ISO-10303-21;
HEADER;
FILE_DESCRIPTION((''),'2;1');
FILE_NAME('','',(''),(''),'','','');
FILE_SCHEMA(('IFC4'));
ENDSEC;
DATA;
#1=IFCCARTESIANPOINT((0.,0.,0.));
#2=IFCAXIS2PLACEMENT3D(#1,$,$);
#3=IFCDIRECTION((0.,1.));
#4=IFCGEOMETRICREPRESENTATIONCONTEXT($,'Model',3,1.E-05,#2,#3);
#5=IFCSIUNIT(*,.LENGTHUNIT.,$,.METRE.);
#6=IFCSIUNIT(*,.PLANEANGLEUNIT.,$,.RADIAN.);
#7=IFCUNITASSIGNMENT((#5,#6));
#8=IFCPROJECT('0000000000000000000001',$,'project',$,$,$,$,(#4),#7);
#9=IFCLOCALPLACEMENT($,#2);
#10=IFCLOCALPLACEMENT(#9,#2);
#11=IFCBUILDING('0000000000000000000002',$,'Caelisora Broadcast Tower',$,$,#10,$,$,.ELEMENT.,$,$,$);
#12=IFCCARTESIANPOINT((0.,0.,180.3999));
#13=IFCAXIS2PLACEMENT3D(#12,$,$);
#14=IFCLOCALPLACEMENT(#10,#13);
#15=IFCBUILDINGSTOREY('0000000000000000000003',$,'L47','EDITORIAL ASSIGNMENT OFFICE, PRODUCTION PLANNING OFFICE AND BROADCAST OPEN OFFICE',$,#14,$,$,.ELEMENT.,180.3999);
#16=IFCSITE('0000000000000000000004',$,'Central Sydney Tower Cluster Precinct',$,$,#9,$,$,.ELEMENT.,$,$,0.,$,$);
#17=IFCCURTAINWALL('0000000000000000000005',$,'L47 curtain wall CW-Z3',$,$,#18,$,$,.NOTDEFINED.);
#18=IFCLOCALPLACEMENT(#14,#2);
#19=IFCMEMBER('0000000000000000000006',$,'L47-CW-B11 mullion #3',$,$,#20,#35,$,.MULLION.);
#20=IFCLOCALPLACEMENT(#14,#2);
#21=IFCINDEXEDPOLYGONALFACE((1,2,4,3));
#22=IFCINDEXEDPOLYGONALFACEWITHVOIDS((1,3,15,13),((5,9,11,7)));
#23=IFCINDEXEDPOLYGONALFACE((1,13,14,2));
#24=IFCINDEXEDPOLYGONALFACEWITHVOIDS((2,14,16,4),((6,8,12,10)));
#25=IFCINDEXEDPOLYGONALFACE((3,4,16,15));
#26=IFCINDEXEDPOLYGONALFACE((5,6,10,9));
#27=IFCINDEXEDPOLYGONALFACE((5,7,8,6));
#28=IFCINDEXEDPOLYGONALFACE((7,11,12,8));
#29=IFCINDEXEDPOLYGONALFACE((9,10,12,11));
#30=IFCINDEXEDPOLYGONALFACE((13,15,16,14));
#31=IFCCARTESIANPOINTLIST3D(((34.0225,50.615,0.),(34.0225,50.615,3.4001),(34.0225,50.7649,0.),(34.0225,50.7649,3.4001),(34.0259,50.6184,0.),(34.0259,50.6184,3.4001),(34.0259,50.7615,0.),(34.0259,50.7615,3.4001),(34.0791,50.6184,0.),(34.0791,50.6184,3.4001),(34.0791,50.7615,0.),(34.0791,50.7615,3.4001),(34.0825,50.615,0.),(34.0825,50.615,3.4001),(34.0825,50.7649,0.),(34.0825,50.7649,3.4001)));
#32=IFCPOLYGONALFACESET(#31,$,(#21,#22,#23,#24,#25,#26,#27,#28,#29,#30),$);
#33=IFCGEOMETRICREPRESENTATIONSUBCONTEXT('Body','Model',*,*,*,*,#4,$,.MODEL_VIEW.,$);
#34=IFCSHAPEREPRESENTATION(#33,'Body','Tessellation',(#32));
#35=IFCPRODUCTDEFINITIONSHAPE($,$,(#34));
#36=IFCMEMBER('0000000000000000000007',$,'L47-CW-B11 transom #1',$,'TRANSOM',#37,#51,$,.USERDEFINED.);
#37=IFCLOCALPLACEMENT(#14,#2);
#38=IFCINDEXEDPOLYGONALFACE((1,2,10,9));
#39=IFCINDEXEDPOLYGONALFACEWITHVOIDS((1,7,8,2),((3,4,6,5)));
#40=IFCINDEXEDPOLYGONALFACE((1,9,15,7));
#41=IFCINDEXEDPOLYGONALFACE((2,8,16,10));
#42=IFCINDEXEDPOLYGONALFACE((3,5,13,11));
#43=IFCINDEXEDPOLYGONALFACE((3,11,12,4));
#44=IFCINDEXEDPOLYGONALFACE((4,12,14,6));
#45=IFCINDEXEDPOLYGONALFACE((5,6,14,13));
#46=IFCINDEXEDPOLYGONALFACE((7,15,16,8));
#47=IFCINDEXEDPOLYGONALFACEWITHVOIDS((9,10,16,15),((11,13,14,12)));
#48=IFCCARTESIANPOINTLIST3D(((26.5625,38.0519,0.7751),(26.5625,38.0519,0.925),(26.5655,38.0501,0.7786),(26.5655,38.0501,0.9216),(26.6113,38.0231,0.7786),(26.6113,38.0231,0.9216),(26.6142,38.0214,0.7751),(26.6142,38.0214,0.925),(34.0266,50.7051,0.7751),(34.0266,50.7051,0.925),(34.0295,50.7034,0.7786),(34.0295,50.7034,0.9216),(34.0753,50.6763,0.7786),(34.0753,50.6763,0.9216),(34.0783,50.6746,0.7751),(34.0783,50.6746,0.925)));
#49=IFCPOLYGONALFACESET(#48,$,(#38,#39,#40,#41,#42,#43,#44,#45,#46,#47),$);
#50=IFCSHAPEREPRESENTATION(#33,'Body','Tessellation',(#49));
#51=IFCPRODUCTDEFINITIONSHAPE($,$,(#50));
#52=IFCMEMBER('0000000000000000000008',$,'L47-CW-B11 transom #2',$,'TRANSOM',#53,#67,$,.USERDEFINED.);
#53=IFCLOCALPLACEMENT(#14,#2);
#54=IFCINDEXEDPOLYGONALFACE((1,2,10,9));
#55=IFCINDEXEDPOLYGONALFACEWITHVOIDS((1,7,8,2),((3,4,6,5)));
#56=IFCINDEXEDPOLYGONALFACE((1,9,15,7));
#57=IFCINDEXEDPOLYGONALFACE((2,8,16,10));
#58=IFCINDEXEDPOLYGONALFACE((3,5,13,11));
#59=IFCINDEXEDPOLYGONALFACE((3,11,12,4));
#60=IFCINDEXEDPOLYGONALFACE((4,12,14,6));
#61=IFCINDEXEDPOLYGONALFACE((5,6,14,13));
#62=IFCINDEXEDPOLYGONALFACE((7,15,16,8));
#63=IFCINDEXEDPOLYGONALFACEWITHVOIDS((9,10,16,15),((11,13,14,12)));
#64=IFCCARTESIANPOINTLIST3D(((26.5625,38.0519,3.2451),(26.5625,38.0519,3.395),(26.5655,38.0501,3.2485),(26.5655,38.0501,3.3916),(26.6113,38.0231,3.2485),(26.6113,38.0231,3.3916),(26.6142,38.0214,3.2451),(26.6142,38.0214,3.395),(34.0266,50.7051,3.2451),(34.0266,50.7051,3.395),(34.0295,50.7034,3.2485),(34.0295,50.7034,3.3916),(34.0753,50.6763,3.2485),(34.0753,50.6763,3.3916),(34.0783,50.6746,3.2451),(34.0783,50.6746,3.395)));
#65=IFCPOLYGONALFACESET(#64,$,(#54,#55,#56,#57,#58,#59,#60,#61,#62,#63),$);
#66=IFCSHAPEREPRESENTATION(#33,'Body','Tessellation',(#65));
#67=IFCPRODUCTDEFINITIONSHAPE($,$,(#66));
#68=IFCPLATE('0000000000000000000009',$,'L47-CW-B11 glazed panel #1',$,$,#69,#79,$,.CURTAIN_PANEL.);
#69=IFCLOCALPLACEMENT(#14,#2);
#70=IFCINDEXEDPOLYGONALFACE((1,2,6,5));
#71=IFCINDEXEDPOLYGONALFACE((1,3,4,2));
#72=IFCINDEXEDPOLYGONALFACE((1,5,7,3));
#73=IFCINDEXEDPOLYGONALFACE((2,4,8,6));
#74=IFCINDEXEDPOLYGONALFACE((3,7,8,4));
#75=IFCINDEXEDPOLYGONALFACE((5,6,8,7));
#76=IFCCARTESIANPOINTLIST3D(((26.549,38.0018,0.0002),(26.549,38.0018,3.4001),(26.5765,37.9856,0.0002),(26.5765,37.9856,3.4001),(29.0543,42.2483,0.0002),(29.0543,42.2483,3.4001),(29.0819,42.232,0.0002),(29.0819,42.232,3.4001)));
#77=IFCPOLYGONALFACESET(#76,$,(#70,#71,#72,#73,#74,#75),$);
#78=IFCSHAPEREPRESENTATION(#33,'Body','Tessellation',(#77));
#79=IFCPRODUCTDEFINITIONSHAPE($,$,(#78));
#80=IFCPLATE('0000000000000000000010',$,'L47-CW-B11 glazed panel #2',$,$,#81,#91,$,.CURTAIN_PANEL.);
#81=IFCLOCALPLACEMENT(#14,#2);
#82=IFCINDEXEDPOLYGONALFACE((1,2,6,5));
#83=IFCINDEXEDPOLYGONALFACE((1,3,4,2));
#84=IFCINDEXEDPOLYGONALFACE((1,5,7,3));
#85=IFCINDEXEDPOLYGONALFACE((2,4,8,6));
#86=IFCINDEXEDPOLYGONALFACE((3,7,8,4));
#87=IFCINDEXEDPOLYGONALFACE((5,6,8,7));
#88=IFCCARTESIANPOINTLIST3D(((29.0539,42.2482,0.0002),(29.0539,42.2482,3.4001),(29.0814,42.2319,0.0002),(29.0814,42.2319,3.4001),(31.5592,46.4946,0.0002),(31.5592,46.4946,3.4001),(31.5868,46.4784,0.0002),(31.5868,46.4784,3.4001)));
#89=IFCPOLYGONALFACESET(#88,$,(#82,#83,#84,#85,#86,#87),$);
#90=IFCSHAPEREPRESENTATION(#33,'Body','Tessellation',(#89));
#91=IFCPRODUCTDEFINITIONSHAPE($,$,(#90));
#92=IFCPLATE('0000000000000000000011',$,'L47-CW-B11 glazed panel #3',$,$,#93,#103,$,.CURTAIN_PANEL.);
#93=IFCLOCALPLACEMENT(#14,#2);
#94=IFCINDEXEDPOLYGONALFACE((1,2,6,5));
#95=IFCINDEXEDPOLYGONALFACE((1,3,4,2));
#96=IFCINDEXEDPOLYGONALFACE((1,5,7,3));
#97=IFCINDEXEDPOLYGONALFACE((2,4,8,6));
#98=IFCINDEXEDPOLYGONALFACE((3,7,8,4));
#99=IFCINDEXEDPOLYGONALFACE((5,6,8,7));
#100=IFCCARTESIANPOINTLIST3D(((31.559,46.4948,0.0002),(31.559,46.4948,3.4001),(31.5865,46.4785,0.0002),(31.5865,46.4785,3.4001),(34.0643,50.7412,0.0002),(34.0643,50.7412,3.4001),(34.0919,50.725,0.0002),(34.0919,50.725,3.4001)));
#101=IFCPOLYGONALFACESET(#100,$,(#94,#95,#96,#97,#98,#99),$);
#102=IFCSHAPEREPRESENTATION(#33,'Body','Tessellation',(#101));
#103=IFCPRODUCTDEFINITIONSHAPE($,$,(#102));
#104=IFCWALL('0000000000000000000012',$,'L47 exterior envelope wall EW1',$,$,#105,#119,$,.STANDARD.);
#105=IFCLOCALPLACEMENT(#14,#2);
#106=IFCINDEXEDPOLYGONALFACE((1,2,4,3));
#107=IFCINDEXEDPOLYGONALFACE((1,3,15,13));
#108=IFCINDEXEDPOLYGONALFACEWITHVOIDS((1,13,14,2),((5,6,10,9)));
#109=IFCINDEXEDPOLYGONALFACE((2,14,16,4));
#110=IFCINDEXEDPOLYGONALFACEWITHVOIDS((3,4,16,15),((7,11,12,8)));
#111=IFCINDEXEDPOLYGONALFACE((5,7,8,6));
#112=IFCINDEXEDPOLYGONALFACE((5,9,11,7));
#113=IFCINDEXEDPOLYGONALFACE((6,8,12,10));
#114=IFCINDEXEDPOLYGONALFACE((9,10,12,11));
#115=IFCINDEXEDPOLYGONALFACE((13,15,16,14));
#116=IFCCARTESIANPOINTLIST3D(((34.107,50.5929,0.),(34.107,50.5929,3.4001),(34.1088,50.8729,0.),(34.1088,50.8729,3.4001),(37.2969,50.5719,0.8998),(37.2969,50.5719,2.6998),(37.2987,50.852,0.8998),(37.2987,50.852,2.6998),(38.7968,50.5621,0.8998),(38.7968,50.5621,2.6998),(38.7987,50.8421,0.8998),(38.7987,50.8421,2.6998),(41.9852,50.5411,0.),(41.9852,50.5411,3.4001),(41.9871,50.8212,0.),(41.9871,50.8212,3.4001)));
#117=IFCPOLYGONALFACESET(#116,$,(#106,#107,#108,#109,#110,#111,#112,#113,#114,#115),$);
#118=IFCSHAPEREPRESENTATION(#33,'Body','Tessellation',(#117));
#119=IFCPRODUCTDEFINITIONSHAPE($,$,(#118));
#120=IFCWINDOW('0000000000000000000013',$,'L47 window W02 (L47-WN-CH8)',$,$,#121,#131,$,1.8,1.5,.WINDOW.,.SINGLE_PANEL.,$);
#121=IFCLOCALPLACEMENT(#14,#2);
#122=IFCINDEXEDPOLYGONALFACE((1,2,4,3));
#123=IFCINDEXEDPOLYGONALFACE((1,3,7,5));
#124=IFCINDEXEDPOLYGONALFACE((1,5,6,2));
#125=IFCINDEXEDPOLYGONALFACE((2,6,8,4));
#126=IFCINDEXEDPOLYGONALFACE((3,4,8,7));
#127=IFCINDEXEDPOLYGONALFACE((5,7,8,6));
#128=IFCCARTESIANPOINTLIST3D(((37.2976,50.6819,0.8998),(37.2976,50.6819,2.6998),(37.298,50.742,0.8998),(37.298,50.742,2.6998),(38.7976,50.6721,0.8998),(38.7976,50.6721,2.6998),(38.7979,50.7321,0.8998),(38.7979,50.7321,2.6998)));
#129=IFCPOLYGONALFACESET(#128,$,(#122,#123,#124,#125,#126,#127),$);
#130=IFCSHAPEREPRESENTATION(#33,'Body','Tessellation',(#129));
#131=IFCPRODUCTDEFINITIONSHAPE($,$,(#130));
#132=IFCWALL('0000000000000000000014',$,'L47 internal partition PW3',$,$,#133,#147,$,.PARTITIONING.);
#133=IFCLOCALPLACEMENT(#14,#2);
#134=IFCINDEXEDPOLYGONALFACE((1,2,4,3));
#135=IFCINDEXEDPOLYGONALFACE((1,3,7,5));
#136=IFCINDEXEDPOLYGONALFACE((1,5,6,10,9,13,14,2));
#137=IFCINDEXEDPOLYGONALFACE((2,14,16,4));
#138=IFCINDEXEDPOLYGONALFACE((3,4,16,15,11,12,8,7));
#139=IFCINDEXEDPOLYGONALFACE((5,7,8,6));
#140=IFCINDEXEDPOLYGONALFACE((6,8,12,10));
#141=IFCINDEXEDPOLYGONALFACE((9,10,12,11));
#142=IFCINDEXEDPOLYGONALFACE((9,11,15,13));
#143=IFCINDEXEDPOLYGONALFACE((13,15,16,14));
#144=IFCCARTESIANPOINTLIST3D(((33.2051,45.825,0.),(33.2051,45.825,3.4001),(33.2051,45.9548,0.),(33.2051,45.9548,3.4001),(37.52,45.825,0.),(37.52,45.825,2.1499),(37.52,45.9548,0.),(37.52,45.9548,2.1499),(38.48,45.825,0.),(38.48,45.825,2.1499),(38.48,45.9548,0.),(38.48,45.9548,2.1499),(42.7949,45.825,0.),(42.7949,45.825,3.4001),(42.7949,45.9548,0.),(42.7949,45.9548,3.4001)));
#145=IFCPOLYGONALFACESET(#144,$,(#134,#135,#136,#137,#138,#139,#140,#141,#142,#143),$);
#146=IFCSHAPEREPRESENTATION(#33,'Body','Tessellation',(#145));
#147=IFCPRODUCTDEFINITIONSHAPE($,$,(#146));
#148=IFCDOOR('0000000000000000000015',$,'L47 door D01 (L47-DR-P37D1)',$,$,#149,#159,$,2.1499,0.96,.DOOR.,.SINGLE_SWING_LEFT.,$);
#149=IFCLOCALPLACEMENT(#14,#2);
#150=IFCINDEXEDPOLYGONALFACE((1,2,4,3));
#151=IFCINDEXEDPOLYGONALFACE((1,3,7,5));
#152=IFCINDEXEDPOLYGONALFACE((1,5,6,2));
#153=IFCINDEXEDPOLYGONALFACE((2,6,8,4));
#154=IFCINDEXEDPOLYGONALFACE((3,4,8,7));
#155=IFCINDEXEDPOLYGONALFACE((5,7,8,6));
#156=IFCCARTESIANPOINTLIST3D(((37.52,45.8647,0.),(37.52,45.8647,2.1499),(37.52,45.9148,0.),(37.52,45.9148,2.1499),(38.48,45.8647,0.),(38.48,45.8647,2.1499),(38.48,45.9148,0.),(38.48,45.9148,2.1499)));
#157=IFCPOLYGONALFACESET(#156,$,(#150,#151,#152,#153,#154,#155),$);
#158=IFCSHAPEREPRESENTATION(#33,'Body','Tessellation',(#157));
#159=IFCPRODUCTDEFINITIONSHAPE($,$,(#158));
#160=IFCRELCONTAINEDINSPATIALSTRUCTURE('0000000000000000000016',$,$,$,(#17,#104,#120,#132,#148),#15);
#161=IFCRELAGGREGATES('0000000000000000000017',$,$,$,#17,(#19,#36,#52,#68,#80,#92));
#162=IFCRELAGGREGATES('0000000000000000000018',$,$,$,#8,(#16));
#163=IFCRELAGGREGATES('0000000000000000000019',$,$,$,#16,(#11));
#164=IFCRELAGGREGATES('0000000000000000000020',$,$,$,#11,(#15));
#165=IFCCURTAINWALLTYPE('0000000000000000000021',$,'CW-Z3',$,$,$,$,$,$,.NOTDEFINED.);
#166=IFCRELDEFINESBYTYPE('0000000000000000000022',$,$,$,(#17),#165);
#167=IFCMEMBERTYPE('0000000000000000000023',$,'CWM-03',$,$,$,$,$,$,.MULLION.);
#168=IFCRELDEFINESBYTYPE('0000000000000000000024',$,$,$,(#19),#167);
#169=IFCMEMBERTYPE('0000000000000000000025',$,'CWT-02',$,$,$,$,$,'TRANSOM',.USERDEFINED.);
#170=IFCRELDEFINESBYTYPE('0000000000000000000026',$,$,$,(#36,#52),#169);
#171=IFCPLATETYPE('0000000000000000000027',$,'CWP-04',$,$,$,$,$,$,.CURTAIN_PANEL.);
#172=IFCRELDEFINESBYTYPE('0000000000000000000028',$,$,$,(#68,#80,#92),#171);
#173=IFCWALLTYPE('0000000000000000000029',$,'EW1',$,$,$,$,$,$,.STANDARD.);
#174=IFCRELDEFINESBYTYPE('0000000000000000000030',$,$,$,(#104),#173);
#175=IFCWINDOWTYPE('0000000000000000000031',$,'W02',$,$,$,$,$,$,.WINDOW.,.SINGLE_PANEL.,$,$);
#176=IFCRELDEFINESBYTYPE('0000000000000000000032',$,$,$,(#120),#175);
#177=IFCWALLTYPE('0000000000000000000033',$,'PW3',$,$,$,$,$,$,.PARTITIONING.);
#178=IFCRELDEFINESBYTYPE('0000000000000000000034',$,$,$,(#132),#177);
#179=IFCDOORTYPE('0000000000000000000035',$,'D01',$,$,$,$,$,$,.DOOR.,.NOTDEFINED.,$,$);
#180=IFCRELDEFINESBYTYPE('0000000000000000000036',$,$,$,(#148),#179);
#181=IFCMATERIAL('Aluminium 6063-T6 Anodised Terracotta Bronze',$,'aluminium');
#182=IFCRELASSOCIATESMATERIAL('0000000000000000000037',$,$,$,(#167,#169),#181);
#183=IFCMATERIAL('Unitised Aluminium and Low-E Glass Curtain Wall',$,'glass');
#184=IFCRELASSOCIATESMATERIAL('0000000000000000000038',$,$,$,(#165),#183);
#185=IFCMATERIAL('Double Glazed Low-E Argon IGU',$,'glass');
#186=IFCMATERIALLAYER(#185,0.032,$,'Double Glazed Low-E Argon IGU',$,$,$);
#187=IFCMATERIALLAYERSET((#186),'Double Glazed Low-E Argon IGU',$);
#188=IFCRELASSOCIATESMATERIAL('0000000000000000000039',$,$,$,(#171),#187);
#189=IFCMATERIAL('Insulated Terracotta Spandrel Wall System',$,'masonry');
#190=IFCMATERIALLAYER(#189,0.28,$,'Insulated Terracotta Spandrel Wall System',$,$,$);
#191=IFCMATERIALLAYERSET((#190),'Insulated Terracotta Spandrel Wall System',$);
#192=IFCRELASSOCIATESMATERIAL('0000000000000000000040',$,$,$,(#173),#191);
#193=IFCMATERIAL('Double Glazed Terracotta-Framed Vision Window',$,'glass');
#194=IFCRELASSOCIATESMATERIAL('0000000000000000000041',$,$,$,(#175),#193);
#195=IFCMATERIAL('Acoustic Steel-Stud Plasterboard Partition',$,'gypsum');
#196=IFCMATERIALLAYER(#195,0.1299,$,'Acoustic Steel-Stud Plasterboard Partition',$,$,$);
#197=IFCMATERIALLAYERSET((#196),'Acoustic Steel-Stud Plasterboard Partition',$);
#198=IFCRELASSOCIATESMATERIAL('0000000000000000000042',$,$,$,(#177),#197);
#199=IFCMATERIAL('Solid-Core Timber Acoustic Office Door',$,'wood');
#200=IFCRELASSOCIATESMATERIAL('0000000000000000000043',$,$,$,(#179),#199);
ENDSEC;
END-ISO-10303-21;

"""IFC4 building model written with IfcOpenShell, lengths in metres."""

from ifc_helpers import new_model, si_unit, direction, frame, frame_2d, origin, origin_2d, place, context, subcontext, project, spatial, rectangle, hollow_rectangle, extrude, source, transform, mapped, material, layer, layer_set, material_profile, profile_set, type_object, type_shapes, element, fill, aggregate, save


model = new_model("IFC4")

# Units and contexts
model_context = context("Model", 3, precision=1e-05, world=origin(), true_north=direction((0.0, 1.0)))
body_context = subcontext(model_context, "Body", "Model", "MODEL_VIEW")
ifc_project = project(units=[si_unit("LENGTHUNIT", "METRE"), si_unit("PLANEANGLEUNIT", "RADIAN")], contexts=[model_context])

# Site, building, storey
site_placement = place(None, origin())
site = spatial("IfcSite", under=ifc_project, at=site_placement, Name="Central Sydney Tower Cluster Precinct", CompositionType="ELEMENT", RefElevation=0.0)
building_placement = place(site_placement, origin())
building = spatial("IfcBuilding", under=site, at=building_placement, Name="Caelisora Broadcast Tower", CompositionType="ELEMENT")
storey_placement = place(building_placement, frame((0.0, 0.0, 180.3999)))
storey = spatial("IfcBuildingStorey", under=building, at=storey_placement, Name="L47", Description="EDITORIAL ASSIGNMENT OFFICE, PRODUCTION PLANNING OFFICE AND BROADCAST OPEN OFFICE", CompositionType="ELEMENT", Elevation=180.3999)

# Shared definitions
ifc_material_1 = material(Name="Aluminium 6063-T6 Anodised Terracotta Bronze", Category="aluminium")
ifc_material_profile_1 = material_profile(ifc_material_1, hollow_rectangle(XDim=0.0601, YDim=0.1499, WallThickness=0.0034, at=origin_2d()), Name="Aluminium 6063-T6 Anodised Terracotta Bronze")
ifc_profile_set_1 = profile_set([ifc_material_profile_1], Name="Aluminium 6063-T6 Anodised Terracotta Bronze")
member_type_1 = type_object("IfcMemberType", Name="CWM-03", PredefinedType="MULLION", material=ifc_profile_set_1)
shared_shape_1 = source(origin(), body_context, "Body", "SweptSolid", [
    extrude(hollow_rectangle(XDim=0.0601, YDim=0.1499, WallThickness=0.0034, at=origin_2d()), origin(), (0.0, 0.0, 1.0), 3.4001),
])
type_shapes(member_type_1, [shared_shape_1])

# Curtain wall, members, plates
ifc_material_2 = material(Name="Unitised Aluminium and Low-E Glass Curtain Wall", Category="glass")
curtain_wall_type_1 = type_object("IfcCurtainWallType", Name="CW-Z3", PredefinedType="NOTDEFINED", material=ifc_material_2)
curtain_wall_1_placement = place(storey_placement, origin())
curtain_wall_1 = element("IfcCurtainWall", 1, at=curtain_wall_1_placement, inside=storey, type_object=curtain_wall_type_1, Name="L47 curtain wall CW-Z3", PredefinedType="NOTDEFINED")
member_1_placement = place(storey_placement, frame((34.0525, 50.6899, 0.0), z_axis=(0.0, 0.0, 1.0), x_axis=(1.0, 0.0, 0.0)))
member_1 = element("IfcMember", 2, at=member_1_placement, type_object=member_type_1, Name="L47-CW-B11 mullion #3", PredefinedType="MULLION", context=body_context, shape_type="MappedRepresentation", body=[
    mapped(shared_shape_1, transform((0.0, 0.0, 0.0), scale=1.0)),
])
ifc_material_profile_2 = material_profile(ifc_material_1, hollow_rectangle(XDim=0.0601, YDim=0.1499, WallThickness=0.0034, at=origin_2d()), Name="Aluminium 6063-T6 Anodised Terracotta Bronze")
ifc_profile_set_2 = profile_set([ifc_material_profile_2], Name="Aluminium 6063-T6 Anodised Terracotta Bronze")
member_type_2 = type_object("IfcMemberType", Name="CWT-02", ElementType="TRANSOM", PredefinedType="USERDEFINED", material=ifc_profile_set_2)
shared_shape_2 = source(origin(), body_context, "Body", "SweptSolid", [
    extrude(hollow_rectangle(XDim=0.0601, YDim=0.1499, WallThickness=0.0034, at=origin_2d()), origin(), (0.0, 0.0, 1.0), 14.6907),
])
type_shapes(member_type_2, [shared_shape_2])
member_2_placement = place(storey_placement, frame((26.5884, 38.0366, 0.8501), z_axis=(0.508081, 0.861309, 0.0), x_axis=(-0.861309, 0.508081, 0.0)))
member_2 = element("IfcMember", 3, at=member_2_placement, type_object=member_type_2, Name="L47-CW-B11 transom #1", ObjectType="TRANSOM", PredefinedType="USERDEFINED", context=body_context, shape_type="MappedRepresentation", body=[
    mapped(shared_shape_2, transform((0.0, 0.0, 0.0), scale=1.0)),
])
member_3_placement = place(storey_placement, frame((26.5884, 38.0366, 3.3201), z_axis=(0.508081, 0.861309, 0.0), x_axis=(-0.861309, 0.508081, 0.0)))
member_3 = element("IfcMember", 4, at=member_3_placement, type_object=member_type_2, Name="L47-CW-B11 transom #2", ObjectType="TRANSOM", PredefinedType="USERDEFINED", context=body_context, shape_type="MappedRepresentation", body=[
    mapped(shared_shape_2, transform((0.0, 0.0, 0.0), scale=1.0)),
])
ifc_material_3 = material(Name="Double Glazed Low-E Argon IGU", Category="glass")
ifc_layer_1 = layer(ifc_material_3, 0.032, Name="Double Glazed Low-E Argon IGU")
ifc_layer_set_1 = layer_set([ifc_layer_1], Name="Double Glazed Low-E Argon IGU")
plate_type = type_object("IfcPlateType", Name="CWP-04", PredefinedType="CURTAIN_PANEL", material=ifc_layer_set_1)
shared_shape_3 = source(origin(), body_context, "Body", "SweptSolid", [
    extrude(rectangle(XDim=4.9304, YDim=0.032, at=origin_2d()), origin(), (0.0, 0.0, 1.0), 3.3999),
])
type_shapes(plate_type, [shared_shape_3])
plate_1_placement = place(storey_placement, frame((27.8154, 40.1169, 0.0002), z_axis=(0.0, 0.0, 1.0), x_axis=(0.50814, 0.861275, 0.0)))
plate_1 = element("IfcPlate", 5, at=plate_1_placement, type_object=plate_type, Name="L47-CW-B11 glazed panel #1", PredefinedType="CURTAIN_PANEL", context=body_context, shape_type="MappedRepresentation", body=[
    mapped(shared_shape_3, transform((0.0, 0.0, 0.0), scale=1.0)),
])
plate_2_placement = place(storey_placement, frame((30.3203, 44.3633, 0.0002), z_axis=(0.0, 0.0, 1.0), x_axis=(0.50814, 0.861275, 0.0)))
plate_2 = element("IfcPlate", 6, at=plate_2_placement, type_object=plate_type, Name="L47-CW-B11 glazed panel #2", PredefinedType="CURTAIN_PANEL", context=body_context, shape_type="MappedRepresentation", body=[
    mapped(shared_shape_3, transform((0.0, 0.0, 0.0), scale=1.0)),
])
plate_3_placement = place(storey_placement, frame((32.8254, 48.6099, 0.0002), z_axis=(0.0, 0.0, 1.0), x_axis=(0.50814, 0.861275, 0.0)))
plate_3 = element("IfcPlate", 7, at=plate_3_placement, type_object=plate_type, Name="L47-CW-B11 glazed panel #3", PredefinedType="CURTAIN_PANEL", context=body_context, shape_type="MappedRepresentation", body=[
    mapped(shared_shape_3, transform((0.0, 0.0, 0.0), scale=1.0)),
])
aggregate(curtain_wall_1, [member_1, member_2, member_3, plate_1, plate_2, plate_3])

# Wall, opening, window
ifc_material_4 = material(Name="Insulated Terracotta Spandrel Wall System", Category="masonry")
ifc_layer_2 = layer(ifc_material_4, 0.28, Name="Insulated Terracotta Spandrel Wall System")
ifc_layer_set_2 = layer_set([ifc_layer_2], Name="Insulated Terracotta Spandrel Wall System")
wall_type_1 = type_object("IfcWallType", Name="EW1", PredefinedType="STANDARD", material=ifc_layer_set_2)
wall_1_placement = place(storey_placement, frame((34.1079, 50.7329, 0.0), z_axis=(0.0, 0.0, 1.0), x_axis=(0.999978, -0.00657, 0.0)))
wall_1 = element("IfcWall", 8, at=wall_1_placement, inside=storey, type_object=wall_type_1, Name="L47 exterior envelope wall EW1", PredefinedType="STANDARD", context=body_context, shape_type="SweptSolid", body=[
    extrude(rectangle(XDim=7.8784, YDim=0.28, at=frame_2d((3.9392, 0.0))), origin(), (0.0, 0.0, 1.0), 3.4001),
])
opening_1_placement = place(wall_1_placement, frame((3.1899, 0.0, 0.8999)))
opening_1 = element("IfcOpeningElement", 9, at=opening_1_placement, cuts=wall_1, PredefinedType="OPENING", context=body_context, shape_type="SweptSolid", body=[
    extrude(rectangle(XDim=1.5, YDim=1.8, at=frame_2d((0.75, 0.8999))), frame((0.0, 0.1521, 0.0), z_axis=(0.0, -1.0, 0.0), x_axis=(1.0, 0.0, 0.0)), (0.0, 0.0, 1.0), 0.304),
])
ifc_material_5 = material(Name="Double Glazed Terracotta-Framed Vision Window", Category="glass")
window_type = type_object("IfcWindowType", Name="W02", PartitioningType="SINGLE_PANEL", PredefinedType="WINDOW", material=ifc_material_5)
window_placement = place(opening_1_placement, origin())
window = element("IfcWindow", 10, at=window_placement, inside=storey, type_object=window_type, Name="L47 window W02 (L47-WN-CH8)", OverallHeight=1.8, OverallWidth=1.5, PartitioningType="SINGLE_PANEL", PredefinedType="WINDOW", context=body_context, shape_type="SweptSolid", body=[
    extrude(rectangle(XDim=1.5, YDim=1.8, at=frame_2d((0.75, 0.8999))), frame((0.0, 0.03, 0.0), z_axis=(0.0, -1.0, 0.0), x_axis=(1.0, 0.0, 0.0)), (0.0, 0.0, 1.0), 0.0601),
])
fill(opening_1, window)

# Wall, opening, door
ifc_material_6 = material(Name="Acoustic Steel-Stud Plasterboard Partition", Category="gypsum")
ifc_layer_3 = layer(ifc_material_6, 0.1299, Name="Acoustic Steel-Stud Plasterboard Partition")
ifc_layer_set_3 = layer_set([ifc_layer_3], Name="Acoustic Steel-Stud Plasterboard Partition")
wall_type_2 = type_object("IfcWallType", Name="PW3", PredefinedType="PARTITIONING", material=ifc_layer_set_3)
wall_2_placement = place(storey_placement, frame((33.2051, 45.8899, 0.0), z_axis=(0.0, 0.0, 1.0), x_axis=(1.0, 0.0, 0.0)))
wall_2 = element("IfcWall", 11, at=wall_2_placement, inside=storey, type_object=wall_type_2, Name="L47 internal partition PW3", PredefinedType="PARTITIONING", context=body_context, shape_type="SweptSolid", body=[
    extrude(rectangle(XDim=9.5898, YDim=0.1299, at=frame_2d((4.7949, 0.0))), origin(), (0.0, 0.0, 1.0), 3.4001),
])
opening_2_placement = place(wall_2_placement, frame((4.3149, 0.0, 0.0)))
opening_2 = element("IfcOpeningElement", 12, at=opening_2_placement, cuts=wall_2, PredefinedType="OPENING", context=body_context, shape_type="SweptSolid", body=[
    extrude(rectangle(XDim=0.96, YDim=2.1499, at=frame_2d((0.48, 1.075))), frame((0.0, 0.0769, 0.0), z_axis=(0.0, -1.0, 0.0), x_axis=(1.0, 0.0, 0.0)), (0.0, 0.0, 1.0), 0.1538),
])
ifc_material_7 = material(Name="Solid-Core Timber Acoustic Office Door", Category="wood")
door_type = type_object("IfcDoorType", Name="D01", OperationType="NOTDEFINED", PredefinedType="DOOR", material=ifc_material_7)
door_1_placement = place(opening_2_placement, origin())
door_1 = element("IfcDoor", 13, at=door_1_placement, inside=storey, type_object=door_type, Name="L47 door D01 (L47-DR-P37D1)", OperationType="SINGLE_SWING_LEFT", OverallHeight=2.1499, OverallWidth=0.96, PredefinedType="DOOR", context=body_context, shape_type="SweptSolid", body=[
    extrude(rectangle(XDim=0.96, YDim=2.1499, at=frame_2d((0.48, 1.075))), frame((0.0, 0.0249, 0.0), z_axis=(0.0, -1.0, 0.0), x_axis=(1.0, 0.0, 0.0)), (0.0, 0.0, 1.0), 0.05),
])
fill(opening_2, door_1)

save(model, "model.ifc")
